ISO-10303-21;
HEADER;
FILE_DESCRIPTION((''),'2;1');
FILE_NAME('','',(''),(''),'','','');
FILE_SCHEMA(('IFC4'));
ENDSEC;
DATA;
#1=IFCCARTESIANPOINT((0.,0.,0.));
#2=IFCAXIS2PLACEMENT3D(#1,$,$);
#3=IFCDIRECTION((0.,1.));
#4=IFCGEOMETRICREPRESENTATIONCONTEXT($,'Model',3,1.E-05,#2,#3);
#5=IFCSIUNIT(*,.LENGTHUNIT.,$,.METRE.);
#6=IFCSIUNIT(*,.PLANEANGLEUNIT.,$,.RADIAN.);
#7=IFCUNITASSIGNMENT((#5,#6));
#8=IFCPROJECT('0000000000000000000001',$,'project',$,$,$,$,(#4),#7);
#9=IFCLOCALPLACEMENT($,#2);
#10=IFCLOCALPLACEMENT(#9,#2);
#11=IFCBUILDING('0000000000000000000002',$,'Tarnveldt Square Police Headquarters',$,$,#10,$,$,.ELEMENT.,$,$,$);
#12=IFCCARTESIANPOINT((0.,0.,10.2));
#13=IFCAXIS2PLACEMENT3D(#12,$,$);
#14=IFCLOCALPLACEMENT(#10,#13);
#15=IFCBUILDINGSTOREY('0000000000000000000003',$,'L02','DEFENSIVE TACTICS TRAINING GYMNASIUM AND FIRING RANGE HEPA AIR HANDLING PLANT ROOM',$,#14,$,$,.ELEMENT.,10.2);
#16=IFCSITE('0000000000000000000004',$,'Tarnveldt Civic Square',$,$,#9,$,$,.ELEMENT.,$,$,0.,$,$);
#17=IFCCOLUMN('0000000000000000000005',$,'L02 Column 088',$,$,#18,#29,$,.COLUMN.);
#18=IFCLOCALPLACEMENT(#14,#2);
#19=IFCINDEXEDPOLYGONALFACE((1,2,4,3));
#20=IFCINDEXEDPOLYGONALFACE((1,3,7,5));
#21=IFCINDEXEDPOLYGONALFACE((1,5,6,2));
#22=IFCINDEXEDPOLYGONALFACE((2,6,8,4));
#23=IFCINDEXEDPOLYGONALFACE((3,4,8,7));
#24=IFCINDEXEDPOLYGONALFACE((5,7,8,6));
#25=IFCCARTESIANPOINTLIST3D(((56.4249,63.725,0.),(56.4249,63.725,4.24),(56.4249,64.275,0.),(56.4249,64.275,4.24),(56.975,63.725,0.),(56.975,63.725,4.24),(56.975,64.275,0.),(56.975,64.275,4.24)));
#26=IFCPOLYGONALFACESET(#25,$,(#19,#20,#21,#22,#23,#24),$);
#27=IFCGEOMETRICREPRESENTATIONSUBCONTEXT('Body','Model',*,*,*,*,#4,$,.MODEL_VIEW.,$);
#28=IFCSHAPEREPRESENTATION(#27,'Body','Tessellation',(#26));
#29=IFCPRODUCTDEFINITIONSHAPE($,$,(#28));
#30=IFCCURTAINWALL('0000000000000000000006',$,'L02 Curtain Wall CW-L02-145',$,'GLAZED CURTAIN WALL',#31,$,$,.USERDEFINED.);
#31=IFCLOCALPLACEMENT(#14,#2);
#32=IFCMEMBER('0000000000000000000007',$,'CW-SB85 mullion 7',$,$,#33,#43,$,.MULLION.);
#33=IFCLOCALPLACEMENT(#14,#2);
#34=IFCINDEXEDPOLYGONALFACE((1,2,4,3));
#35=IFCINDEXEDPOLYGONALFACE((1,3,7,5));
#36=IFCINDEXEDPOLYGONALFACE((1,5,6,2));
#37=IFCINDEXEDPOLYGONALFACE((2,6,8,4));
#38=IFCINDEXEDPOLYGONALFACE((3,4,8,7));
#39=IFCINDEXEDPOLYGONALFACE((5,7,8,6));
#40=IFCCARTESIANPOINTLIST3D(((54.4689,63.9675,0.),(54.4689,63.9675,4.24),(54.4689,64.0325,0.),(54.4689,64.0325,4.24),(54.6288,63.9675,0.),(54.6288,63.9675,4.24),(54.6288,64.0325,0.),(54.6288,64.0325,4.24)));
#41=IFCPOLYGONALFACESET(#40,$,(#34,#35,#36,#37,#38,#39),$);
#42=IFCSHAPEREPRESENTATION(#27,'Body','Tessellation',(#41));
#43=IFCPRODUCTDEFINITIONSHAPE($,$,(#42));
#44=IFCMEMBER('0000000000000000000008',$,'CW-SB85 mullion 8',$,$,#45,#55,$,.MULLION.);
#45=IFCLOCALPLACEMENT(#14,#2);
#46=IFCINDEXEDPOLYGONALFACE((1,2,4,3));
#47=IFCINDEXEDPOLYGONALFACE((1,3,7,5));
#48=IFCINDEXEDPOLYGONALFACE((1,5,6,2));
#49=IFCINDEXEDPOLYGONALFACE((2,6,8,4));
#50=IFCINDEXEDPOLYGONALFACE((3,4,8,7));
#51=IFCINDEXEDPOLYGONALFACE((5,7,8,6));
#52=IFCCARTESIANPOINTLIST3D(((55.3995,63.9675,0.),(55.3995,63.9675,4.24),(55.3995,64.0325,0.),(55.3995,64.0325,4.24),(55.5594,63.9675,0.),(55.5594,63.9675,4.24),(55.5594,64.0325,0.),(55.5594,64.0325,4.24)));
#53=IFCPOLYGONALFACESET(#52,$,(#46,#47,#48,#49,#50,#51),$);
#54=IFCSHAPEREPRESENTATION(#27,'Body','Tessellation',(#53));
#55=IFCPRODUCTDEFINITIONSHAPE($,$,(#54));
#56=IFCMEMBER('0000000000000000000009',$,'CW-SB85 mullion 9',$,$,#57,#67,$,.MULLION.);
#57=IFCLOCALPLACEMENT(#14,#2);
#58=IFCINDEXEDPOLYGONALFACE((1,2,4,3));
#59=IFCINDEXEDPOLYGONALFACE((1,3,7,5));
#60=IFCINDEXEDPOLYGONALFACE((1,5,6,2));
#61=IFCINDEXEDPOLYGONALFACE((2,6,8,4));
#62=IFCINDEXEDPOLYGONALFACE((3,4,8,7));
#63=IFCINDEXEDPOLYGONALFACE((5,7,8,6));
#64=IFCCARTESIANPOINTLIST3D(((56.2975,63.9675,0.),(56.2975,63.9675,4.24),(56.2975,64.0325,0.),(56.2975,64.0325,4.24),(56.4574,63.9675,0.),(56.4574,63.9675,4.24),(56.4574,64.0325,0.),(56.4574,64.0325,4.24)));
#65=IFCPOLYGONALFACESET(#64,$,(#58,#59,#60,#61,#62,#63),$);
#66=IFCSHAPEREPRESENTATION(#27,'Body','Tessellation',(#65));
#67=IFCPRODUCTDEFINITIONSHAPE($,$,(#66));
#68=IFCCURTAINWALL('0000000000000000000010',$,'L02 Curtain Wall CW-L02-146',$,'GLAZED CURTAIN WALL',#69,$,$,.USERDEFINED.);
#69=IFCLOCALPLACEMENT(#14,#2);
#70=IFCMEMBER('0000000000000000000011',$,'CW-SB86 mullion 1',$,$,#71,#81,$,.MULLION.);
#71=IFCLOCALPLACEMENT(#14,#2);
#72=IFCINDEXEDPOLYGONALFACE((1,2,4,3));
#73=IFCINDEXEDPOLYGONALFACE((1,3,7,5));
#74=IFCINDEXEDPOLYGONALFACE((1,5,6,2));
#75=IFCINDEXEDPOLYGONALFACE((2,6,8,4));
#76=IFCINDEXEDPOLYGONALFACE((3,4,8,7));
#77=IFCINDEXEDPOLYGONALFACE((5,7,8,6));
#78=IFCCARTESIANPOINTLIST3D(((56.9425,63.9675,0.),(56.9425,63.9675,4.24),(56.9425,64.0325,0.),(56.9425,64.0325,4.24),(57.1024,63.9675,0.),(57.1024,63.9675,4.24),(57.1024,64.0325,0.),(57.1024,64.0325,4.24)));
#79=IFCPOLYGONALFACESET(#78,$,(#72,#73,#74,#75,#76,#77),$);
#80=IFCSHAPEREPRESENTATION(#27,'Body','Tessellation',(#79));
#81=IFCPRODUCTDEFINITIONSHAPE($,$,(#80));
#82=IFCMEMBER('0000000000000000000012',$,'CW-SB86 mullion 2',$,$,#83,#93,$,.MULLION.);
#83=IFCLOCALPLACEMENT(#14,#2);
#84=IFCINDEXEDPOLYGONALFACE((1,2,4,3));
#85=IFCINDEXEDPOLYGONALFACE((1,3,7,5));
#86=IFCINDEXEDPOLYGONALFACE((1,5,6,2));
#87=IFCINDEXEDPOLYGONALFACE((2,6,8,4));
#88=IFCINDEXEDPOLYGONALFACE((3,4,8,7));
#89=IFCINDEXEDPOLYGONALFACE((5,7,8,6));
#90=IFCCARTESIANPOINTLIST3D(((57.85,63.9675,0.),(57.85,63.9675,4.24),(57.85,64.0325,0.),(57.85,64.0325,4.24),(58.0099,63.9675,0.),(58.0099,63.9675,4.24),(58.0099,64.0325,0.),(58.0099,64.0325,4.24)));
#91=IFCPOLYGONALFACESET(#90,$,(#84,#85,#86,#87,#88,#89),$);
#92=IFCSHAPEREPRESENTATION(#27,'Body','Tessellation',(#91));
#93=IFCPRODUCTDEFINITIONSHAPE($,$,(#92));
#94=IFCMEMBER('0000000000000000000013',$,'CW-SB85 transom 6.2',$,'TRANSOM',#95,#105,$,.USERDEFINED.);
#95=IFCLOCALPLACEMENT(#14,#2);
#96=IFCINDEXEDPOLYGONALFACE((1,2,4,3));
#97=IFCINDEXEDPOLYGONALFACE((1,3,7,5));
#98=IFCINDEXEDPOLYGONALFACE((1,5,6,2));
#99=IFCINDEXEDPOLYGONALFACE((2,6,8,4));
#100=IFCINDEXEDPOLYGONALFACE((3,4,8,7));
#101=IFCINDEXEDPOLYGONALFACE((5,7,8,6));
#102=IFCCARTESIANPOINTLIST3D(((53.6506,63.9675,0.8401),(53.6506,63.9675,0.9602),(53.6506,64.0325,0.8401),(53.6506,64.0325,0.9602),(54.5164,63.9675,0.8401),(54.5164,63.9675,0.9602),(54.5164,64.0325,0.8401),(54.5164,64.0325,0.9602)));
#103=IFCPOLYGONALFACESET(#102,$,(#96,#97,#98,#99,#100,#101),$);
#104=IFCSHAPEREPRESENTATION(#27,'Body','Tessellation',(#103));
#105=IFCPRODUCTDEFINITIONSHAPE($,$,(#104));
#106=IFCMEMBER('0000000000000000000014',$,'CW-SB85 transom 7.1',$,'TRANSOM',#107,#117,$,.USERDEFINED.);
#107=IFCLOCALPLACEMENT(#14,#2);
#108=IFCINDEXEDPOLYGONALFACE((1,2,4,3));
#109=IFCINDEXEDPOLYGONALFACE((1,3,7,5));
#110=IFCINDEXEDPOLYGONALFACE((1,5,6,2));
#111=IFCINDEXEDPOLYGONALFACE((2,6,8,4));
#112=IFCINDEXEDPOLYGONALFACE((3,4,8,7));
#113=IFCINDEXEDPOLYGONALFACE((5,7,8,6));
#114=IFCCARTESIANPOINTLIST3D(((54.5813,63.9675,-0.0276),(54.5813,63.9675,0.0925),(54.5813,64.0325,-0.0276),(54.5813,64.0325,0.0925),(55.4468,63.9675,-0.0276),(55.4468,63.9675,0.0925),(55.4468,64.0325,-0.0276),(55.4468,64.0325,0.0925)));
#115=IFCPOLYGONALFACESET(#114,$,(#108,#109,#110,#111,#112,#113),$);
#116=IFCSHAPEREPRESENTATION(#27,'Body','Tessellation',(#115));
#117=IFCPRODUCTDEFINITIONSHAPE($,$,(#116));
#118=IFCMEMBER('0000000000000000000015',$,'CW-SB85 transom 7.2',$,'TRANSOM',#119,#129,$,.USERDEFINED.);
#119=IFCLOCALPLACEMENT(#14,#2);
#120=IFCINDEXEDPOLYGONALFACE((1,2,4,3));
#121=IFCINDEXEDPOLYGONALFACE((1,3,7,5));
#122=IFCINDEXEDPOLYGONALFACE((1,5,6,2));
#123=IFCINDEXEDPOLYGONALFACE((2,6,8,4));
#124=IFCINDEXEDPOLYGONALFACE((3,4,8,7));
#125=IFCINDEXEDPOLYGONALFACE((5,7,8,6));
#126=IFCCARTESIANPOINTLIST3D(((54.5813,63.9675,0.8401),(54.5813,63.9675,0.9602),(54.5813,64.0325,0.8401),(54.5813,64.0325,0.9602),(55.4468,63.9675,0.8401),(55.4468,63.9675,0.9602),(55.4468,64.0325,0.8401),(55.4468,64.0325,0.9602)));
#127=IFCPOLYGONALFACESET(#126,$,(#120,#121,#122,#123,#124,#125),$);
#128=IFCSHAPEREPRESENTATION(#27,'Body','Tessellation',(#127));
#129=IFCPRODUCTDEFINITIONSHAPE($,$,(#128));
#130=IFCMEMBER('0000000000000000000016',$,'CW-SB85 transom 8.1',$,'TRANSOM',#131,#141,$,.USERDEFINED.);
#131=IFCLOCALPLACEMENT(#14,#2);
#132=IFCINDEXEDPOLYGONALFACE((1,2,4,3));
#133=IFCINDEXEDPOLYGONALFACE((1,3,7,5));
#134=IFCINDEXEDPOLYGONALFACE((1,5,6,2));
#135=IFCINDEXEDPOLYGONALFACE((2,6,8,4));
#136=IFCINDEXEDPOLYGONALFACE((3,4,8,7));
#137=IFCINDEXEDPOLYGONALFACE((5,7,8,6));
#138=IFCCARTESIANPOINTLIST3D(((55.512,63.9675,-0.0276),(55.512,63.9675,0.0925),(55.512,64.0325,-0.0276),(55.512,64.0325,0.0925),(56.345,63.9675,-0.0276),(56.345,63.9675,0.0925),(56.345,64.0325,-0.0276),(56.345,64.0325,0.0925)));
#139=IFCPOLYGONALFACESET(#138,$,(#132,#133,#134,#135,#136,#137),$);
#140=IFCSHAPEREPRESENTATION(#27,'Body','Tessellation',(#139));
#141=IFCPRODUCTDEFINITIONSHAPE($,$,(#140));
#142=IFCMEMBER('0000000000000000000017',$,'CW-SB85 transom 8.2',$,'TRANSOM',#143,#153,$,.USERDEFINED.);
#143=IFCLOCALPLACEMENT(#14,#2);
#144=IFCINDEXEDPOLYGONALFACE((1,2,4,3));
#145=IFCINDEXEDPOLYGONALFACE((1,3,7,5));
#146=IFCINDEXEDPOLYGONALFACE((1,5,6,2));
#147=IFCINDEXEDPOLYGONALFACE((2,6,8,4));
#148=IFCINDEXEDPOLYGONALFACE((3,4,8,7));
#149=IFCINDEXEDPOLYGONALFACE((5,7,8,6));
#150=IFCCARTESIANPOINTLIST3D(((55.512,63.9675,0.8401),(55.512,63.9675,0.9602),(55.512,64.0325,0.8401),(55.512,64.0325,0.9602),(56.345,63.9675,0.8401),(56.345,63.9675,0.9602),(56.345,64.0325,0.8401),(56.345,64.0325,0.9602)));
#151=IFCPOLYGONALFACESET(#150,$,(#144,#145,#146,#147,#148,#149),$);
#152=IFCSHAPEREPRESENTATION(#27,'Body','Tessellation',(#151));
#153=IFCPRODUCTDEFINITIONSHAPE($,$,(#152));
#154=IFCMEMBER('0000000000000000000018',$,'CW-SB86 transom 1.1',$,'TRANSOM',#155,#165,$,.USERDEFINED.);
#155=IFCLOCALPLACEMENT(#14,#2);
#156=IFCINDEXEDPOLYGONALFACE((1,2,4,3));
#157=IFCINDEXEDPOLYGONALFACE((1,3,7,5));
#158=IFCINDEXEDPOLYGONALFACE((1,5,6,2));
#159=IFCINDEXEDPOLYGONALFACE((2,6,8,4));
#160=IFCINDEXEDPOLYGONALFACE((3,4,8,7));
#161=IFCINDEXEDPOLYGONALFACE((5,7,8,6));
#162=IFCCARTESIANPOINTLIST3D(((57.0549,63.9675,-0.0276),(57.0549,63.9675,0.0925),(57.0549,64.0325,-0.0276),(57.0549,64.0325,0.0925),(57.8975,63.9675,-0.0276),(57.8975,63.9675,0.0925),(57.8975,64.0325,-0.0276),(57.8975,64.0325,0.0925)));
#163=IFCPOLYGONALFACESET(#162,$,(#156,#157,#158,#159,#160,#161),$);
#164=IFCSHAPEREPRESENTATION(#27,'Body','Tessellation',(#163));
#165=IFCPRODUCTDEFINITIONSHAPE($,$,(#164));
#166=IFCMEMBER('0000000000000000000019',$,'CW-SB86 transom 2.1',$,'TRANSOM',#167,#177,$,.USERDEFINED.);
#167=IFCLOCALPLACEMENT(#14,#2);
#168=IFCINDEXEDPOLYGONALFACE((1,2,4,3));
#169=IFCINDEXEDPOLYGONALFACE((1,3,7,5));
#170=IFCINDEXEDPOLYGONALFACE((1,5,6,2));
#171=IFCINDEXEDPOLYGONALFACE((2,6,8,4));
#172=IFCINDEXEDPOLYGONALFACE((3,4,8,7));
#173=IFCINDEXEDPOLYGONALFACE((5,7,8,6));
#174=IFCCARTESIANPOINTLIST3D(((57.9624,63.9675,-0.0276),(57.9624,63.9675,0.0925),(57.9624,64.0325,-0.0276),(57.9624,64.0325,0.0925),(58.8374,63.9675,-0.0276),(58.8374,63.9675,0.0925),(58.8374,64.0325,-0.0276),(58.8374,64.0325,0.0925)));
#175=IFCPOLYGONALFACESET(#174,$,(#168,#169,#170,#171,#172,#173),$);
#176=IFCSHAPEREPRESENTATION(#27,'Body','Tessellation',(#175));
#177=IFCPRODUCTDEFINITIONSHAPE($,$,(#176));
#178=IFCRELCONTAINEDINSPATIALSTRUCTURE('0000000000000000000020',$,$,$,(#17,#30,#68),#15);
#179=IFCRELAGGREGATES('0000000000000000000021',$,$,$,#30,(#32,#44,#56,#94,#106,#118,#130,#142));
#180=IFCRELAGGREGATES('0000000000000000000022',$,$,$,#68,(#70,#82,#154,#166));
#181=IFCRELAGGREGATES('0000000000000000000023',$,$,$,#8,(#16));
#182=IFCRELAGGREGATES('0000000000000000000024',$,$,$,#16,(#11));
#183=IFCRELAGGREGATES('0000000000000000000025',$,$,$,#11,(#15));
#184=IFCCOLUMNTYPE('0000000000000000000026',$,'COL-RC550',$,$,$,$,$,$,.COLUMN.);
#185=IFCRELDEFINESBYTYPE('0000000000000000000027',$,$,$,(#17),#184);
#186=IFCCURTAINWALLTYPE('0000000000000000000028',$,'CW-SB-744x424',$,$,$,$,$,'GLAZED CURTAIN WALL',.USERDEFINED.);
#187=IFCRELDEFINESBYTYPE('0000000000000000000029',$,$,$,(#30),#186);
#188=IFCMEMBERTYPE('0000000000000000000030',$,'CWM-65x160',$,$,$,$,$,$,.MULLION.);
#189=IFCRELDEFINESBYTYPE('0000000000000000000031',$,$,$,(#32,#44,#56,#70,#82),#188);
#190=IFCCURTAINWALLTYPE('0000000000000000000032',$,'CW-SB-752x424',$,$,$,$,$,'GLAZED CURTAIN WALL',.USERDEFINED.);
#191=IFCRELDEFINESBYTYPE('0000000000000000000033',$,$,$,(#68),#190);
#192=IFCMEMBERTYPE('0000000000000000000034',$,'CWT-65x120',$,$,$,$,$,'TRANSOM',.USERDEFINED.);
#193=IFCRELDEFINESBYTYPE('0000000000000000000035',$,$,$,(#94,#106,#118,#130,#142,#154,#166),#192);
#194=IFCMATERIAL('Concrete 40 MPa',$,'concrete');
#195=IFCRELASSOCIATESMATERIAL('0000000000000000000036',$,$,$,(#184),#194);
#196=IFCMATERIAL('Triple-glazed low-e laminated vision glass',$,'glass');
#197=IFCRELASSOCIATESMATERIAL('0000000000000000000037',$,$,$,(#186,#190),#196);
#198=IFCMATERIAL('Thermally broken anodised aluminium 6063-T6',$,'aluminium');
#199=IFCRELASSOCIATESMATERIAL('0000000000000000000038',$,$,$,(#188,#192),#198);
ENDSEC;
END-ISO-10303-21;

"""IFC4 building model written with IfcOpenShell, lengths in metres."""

from ifc_helpers import new_model, si_unit, direction, frame, origin, origin_2d, place, context, subcontext, project, spatial, rectangle, extrude, material, material_profile, profile_set, type_object, element, aggregate, save


model = new_model("IFC4")

# Units and contexts
model_context = context("Model", 3, precision=1e-05, world=origin(), true_north=direction((0.0, 1.0)))
body_context = subcontext(model_context, "Body", "Model", "MODEL_VIEW")
ifc_project = project(units=[si_unit("LENGTHUNIT", "METRE"), si_unit("PLANEANGLEUNIT", "RADIAN")], contexts=[model_context])

# Site, building, storey
site_placement = place(None, origin())
site = spatial("IfcSite", under=ifc_project, at=site_placement, Name="Tarnveldt Civic Square", CompositionType="ELEMENT", RefElevation=0.0)
building_placement = place(site_placement, origin())
building = spatial("IfcBuilding", under=site, at=building_placement, Name="Tarnveldt Square Police Headquarters", CompositionType="ELEMENT")
storey_placement = place(building_placement, frame((0.0, 0.0, 10.2)))
storey = spatial("IfcBuildingStorey", under=building, at=storey_placement, Name="L02", Description="DEFENSIVE TACTICS TRAINING GYMNASIUM AND FIRING RANGE HEPA AIR HANDLING PLANT ROOM", CompositionType="ELEMENT", Elevation=10.2)

# Column
ifc_material_1 = material(Name="Concrete 40 MPa", Category="concrete")
ifc_material_profile_1 = material_profile(ifc_material_1, rectangle(XDim=0.55, YDim=0.55, at=origin_2d()), Name="RC-C550x550")
ifc_profile_set_1 = profile_set([ifc_material_profile_1], Name="Concrete 40 MPa")
column_type = type_object("IfcColumnType", Name="COL-RC550", PredefinedType="COLUMN", material=ifc_profile_set_1)
column_placement = place(storey_placement, frame((56.7, 64.0, 0.0), z_axis=(0.0, 0.0, 1.0), x_axis=(1.0, 0.0, 0.0)))
element("IfcColumn", 1, at=column_placement, inside=storey, type_object=column_type, Name="L02 Column 088", PredefinedType="COLUMN", context=body_context, shape_type="SweptSolid", body=[
    extrude(rectangle(XDim=0.55, YDim=0.55, at=origin_2d()), origin(), (0.0, 0.0, 1.0), 4.24),
])

# Curtain walls, members
ifc_material_2 = material(Name="Triple-glazed low-e laminated vision glass", Category="glass")
curtain_wall_type_1 = type_object("IfcCurtainWallType", Name="CW-SB-744x424", ElementType="GLAZED CURTAIN WALL", PredefinedType="USERDEFINED", material=ifc_material_2)
curtain_wall_1_placement = place(storey_placement, origin())
curtain_wall_1 = element("IfcCurtainWall", 2, at=curtain_wall_1_placement, inside=storey, type_object=curtain_wall_type_1, Name="L02 Curtain Wall CW-L02-145", ObjectType="GLAZED CURTAIN WALL", PredefinedType="USERDEFINED")
ifc_material_3 = material(Name="Thermally broken anodised aluminium 6063-T6", Category="aluminium")
ifc_material_profile_2 = material_profile(ifc_material_3, rectangle(XDim=0.0649, YDim=0.1599, at=origin_2d()), Name="CW-M65x160")
ifc_profile_set_2 = profile_set([ifc_material_profile_2], Name="Thermally broken anodised aluminium 6063-T6")
member_type_1 = type_object("IfcMemberType", Name="CWM-65x160", PredefinedType="MULLION", material=ifc_profile_set_2)
member_1_placement = place(storey_placement, frame((54.5488, 64.0, 0.0), z_axis=(0.0, 0.0, 1.0), x_axis=(0.0, 1.0, 0.0)))
member_1 = element("IfcMember", 3, at=member_1_placement, type_object=member_type_1, Name="CW-SB85 mullion 7", PredefinedType="MULLION", context=body_context, shape_type="SweptSolid", body=[
    extrude(rectangle(XDim=0.0649, YDim=0.1599, at=origin_2d()), origin(), (0.0, 0.0, 1.0), 4.24),
])
member_2_placement = place(storey_placement, frame((55.4795, 64.0, 0.0), z_axis=(0.0, 0.0, 1.0), x_axis=(0.0, 1.0, 0.0)))
member_2 = element("IfcMember", 4, at=member_2_placement, type_object=member_type_1, Name="CW-SB85 mullion 8", PredefinedType="MULLION", context=body_context, shape_type="SweptSolid", body=[
    extrude(rectangle(XDim=0.0649, YDim=0.1599, at=origin_2d()), origin(), (0.0, 0.0, 1.0), 4.24),
])
member_3_placement = place(storey_placement, frame((56.3774, 64.0, 0.0), z_axis=(0.0, 0.0, 1.0), x_axis=(0.0, 1.0, 0.0)))
member_3 = element("IfcMember", 5, at=member_3_placement, type_object=member_type_1, Name="CW-SB85 mullion 9", PredefinedType="MULLION", context=body_context, shape_type="SweptSolid", body=[
    extrude(rectangle(XDim=0.0649, YDim=0.1599, at=origin_2d()), origin(), (0.0, 0.0, 1.0), 4.24),
])
curtain_wall_type_2 = type_object("IfcCurtainWallType", Name="CW-SB-752x424", ElementType="GLAZED CURTAIN WALL", PredefinedType="USERDEFINED", material=ifc_material_2)
curtain_wall_2_placement = place(storey_placement, origin())
curtain_wall_2 = element("IfcCurtainWall", 6, at=curtain_wall_2_placement, inside=storey, type_object=curtain_wall_type_2, Name="L02 Curtain Wall CW-L02-146", ObjectType="GLAZED CURTAIN WALL", PredefinedType="USERDEFINED")
member_4_placement = place(storey_placement, frame((57.0225, 64.0, 0.0), z_axis=(0.0, 0.0, 1.0), x_axis=(0.0, 1.0, 0.0)))
member_4 = element("IfcMember", 7, at=member_4_placement, type_object=member_type_1, Name="CW-SB86 mullion 1", PredefinedType="MULLION", context=body_context, shape_type="SweptSolid", body=[
    extrude(rectangle(XDim=0.0649, YDim=0.1599, at=origin_2d()), origin(), (0.0, 0.0, 1.0), 4.24),
])
member_5_placement = place(storey_placement, frame((57.9299, 64.0, 0.0), z_axis=(0.0, 0.0, 1.0), x_axis=(0.0, 1.0, 0.0)))
member_5 = element("IfcMember", 8, at=member_5_placement, type_object=member_type_1, Name="CW-SB86 mullion 2", PredefinedType="MULLION", context=body_context, shape_type="SweptSolid", body=[
    extrude(rectangle(XDim=0.0649, YDim=0.1599, at=origin_2d()), origin(), (0.0, 0.0, 1.0), 4.24),
])

# Members
ifc_material_profile_3 = material_profile(ifc_material_3, rectangle(XDim=0.0649, YDim=0.1201, at=origin_2d()), Name="CW-T65x120")
ifc_profile_set_3 = profile_set([ifc_material_profile_3], Name="Thermally broken anodised aluminium 6063-T6")
member_type_2 = type_object("IfcMemberType", Name="CWT-65x120", ElementType="TRANSOM", PredefinedType="USERDEFINED", material=ifc_profile_set_3)
member_6_placement = place(storey_placement, frame((53.6506, 64.0, 0.9001), z_axis=(1.0, 0.0, 0.0), x_axis=(0.0, 1.0, 0.0)))
member_6 = element("IfcMember", 9, at=member_6_placement, type_object=member_type_2, Name="CW-SB85 transom 6.2", ObjectType="TRANSOM", PredefinedType="USERDEFINED", context=body_context, shape_type="SweptSolid", body=[
    extrude(rectangle(XDim=0.0649, YDim=0.1201, at=origin_2d()), origin(), (0.0, 0.0, 1.0), 0.8657),
])
member_7_placement = place(storey_placement, frame((54.5813, 64.0, 0.0325), z_axis=(1.0, 0.0, 0.0), x_axis=(0.0, 1.0, 0.0)))
member_7 = element("IfcMember", 10, at=member_7_placement, type_object=member_type_2, Name="CW-SB85 transom 7.1", ObjectType="TRANSOM", PredefinedType="USERDEFINED", context=body_context, shape_type="SweptSolid", body=[
    extrude(rectangle(XDim=0.0649, YDim=0.1201, at=origin_2d()), origin(), (0.0, 0.0, 1.0), 0.8655),
])
member_8_placement = place(storey_placement, frame((54.5813, 64.0, 0.9001), z_axis=(1.0, 0.0, 0.0), x_axis=(0.0, 1.0, 0.0)))
member_8 = element("IfcMember", 11, at=member_8_placement, type_object=member_type_2, Name="CW-SB85 transom 7.2", ObjectType="TRANSOM", PredefinedType="USERDEFINED", context=body_context, shape_type="SweptSolid", body=[
    extrude(rectangle(XDim=0.0649, YDim=0.1201, at=origin_2d()), origin(), (0.0, 0.0, 1.0), 0.8655),
])
member_9_placement = place(storey_placement, frame((55.512, 64.0, 0.0325), z_axis=(1.0, 0.0, 0.0), x_axis=(0.0, 1.0, 0.0)))
member_9 = element("IfcMember", 12, at=member_9_placement, type_object=member_type_2, Name="CW-SB85 transom 8.1", ObjectType="TRANSOM", PredefinedType="USERDEFINED", context=body_context, shape_type="SweptSolid", body=[
    extrude(rectangle(XDim=0.0649, YDim=0.1201, at=origin_2d()), origin(), (0.0, 0.0, 1.0), 0.833),
])
member_10_placement = place(storey_placement, frame((55.512, 64.0, 0.9001), z_axis=(1.0, 0.0, 0.0), x_axis=(0.0, 1.0, 0.0)))
member_10 = element("IfcMember", 13, at=member_10_placement, type_object=member_type_2, Name="CW-SB85 transom 8.2", ObjectType="TRANSOM", PredefinedType="USERDEFINED", context=body_context, shape_type="SweptSolid", body=[
    extrude(rectangle(XDim=0.0649, YDim=0.1201, at=origin_2d()), origin(), (0.0, 0.0, 1.0), 0.833),
])
member_11_placement = place(storey_placement, frame((57.0549, 64.0, 0.0325), z_axis=(1.0, 0.0, 0.0), x_axis=(0.0, 1.0, 0.0)))
member_11 = element("IfcMember", 14, at=member_11_placement, type_object=member_type_2, Name="CW-SB86 transom 1.1", ObjectType="TRANSOM", PredefinedType="USERDEFINED", context=body_context, shape_type="SweptSolid", body=[
    extrude(rectangle(XDim=0.0649, YDim=0.1201, at=origin_2d()), origin(), (0.0, 0.0, 1.0), 0.8425),
])
member_12_placement = place(storey_placement, frame((57.9624, 64.0, 0.0325), z_axis=(1.0, 0.0, 0.0), x_axis=(0.0, 1.0, 0.0)))
member_12 = element("IfcMember", 15, at=member_12_placement, type_object=member_type_2, Name="CW-SB86 transom 2.1", ObjectType="TRANSOM", PredefinedType="USERDEFINED", context=body_context, shape_type="SweptSolid", body=[
    extrude(rectangle(XDim=0.0649, YDim=0.1201, at=origin_2d()), origin(), (0.0, 0.0, 1.0), 0.875),
])

aggregate(curtain_wall_1, [member_1, member_2, member_3, member_6, member_7, member_8, member_9, member_10])
aggregate(curtain_wall_2, [member_4, member_5, member_11, member_12])

save(model, "model.ifc")
